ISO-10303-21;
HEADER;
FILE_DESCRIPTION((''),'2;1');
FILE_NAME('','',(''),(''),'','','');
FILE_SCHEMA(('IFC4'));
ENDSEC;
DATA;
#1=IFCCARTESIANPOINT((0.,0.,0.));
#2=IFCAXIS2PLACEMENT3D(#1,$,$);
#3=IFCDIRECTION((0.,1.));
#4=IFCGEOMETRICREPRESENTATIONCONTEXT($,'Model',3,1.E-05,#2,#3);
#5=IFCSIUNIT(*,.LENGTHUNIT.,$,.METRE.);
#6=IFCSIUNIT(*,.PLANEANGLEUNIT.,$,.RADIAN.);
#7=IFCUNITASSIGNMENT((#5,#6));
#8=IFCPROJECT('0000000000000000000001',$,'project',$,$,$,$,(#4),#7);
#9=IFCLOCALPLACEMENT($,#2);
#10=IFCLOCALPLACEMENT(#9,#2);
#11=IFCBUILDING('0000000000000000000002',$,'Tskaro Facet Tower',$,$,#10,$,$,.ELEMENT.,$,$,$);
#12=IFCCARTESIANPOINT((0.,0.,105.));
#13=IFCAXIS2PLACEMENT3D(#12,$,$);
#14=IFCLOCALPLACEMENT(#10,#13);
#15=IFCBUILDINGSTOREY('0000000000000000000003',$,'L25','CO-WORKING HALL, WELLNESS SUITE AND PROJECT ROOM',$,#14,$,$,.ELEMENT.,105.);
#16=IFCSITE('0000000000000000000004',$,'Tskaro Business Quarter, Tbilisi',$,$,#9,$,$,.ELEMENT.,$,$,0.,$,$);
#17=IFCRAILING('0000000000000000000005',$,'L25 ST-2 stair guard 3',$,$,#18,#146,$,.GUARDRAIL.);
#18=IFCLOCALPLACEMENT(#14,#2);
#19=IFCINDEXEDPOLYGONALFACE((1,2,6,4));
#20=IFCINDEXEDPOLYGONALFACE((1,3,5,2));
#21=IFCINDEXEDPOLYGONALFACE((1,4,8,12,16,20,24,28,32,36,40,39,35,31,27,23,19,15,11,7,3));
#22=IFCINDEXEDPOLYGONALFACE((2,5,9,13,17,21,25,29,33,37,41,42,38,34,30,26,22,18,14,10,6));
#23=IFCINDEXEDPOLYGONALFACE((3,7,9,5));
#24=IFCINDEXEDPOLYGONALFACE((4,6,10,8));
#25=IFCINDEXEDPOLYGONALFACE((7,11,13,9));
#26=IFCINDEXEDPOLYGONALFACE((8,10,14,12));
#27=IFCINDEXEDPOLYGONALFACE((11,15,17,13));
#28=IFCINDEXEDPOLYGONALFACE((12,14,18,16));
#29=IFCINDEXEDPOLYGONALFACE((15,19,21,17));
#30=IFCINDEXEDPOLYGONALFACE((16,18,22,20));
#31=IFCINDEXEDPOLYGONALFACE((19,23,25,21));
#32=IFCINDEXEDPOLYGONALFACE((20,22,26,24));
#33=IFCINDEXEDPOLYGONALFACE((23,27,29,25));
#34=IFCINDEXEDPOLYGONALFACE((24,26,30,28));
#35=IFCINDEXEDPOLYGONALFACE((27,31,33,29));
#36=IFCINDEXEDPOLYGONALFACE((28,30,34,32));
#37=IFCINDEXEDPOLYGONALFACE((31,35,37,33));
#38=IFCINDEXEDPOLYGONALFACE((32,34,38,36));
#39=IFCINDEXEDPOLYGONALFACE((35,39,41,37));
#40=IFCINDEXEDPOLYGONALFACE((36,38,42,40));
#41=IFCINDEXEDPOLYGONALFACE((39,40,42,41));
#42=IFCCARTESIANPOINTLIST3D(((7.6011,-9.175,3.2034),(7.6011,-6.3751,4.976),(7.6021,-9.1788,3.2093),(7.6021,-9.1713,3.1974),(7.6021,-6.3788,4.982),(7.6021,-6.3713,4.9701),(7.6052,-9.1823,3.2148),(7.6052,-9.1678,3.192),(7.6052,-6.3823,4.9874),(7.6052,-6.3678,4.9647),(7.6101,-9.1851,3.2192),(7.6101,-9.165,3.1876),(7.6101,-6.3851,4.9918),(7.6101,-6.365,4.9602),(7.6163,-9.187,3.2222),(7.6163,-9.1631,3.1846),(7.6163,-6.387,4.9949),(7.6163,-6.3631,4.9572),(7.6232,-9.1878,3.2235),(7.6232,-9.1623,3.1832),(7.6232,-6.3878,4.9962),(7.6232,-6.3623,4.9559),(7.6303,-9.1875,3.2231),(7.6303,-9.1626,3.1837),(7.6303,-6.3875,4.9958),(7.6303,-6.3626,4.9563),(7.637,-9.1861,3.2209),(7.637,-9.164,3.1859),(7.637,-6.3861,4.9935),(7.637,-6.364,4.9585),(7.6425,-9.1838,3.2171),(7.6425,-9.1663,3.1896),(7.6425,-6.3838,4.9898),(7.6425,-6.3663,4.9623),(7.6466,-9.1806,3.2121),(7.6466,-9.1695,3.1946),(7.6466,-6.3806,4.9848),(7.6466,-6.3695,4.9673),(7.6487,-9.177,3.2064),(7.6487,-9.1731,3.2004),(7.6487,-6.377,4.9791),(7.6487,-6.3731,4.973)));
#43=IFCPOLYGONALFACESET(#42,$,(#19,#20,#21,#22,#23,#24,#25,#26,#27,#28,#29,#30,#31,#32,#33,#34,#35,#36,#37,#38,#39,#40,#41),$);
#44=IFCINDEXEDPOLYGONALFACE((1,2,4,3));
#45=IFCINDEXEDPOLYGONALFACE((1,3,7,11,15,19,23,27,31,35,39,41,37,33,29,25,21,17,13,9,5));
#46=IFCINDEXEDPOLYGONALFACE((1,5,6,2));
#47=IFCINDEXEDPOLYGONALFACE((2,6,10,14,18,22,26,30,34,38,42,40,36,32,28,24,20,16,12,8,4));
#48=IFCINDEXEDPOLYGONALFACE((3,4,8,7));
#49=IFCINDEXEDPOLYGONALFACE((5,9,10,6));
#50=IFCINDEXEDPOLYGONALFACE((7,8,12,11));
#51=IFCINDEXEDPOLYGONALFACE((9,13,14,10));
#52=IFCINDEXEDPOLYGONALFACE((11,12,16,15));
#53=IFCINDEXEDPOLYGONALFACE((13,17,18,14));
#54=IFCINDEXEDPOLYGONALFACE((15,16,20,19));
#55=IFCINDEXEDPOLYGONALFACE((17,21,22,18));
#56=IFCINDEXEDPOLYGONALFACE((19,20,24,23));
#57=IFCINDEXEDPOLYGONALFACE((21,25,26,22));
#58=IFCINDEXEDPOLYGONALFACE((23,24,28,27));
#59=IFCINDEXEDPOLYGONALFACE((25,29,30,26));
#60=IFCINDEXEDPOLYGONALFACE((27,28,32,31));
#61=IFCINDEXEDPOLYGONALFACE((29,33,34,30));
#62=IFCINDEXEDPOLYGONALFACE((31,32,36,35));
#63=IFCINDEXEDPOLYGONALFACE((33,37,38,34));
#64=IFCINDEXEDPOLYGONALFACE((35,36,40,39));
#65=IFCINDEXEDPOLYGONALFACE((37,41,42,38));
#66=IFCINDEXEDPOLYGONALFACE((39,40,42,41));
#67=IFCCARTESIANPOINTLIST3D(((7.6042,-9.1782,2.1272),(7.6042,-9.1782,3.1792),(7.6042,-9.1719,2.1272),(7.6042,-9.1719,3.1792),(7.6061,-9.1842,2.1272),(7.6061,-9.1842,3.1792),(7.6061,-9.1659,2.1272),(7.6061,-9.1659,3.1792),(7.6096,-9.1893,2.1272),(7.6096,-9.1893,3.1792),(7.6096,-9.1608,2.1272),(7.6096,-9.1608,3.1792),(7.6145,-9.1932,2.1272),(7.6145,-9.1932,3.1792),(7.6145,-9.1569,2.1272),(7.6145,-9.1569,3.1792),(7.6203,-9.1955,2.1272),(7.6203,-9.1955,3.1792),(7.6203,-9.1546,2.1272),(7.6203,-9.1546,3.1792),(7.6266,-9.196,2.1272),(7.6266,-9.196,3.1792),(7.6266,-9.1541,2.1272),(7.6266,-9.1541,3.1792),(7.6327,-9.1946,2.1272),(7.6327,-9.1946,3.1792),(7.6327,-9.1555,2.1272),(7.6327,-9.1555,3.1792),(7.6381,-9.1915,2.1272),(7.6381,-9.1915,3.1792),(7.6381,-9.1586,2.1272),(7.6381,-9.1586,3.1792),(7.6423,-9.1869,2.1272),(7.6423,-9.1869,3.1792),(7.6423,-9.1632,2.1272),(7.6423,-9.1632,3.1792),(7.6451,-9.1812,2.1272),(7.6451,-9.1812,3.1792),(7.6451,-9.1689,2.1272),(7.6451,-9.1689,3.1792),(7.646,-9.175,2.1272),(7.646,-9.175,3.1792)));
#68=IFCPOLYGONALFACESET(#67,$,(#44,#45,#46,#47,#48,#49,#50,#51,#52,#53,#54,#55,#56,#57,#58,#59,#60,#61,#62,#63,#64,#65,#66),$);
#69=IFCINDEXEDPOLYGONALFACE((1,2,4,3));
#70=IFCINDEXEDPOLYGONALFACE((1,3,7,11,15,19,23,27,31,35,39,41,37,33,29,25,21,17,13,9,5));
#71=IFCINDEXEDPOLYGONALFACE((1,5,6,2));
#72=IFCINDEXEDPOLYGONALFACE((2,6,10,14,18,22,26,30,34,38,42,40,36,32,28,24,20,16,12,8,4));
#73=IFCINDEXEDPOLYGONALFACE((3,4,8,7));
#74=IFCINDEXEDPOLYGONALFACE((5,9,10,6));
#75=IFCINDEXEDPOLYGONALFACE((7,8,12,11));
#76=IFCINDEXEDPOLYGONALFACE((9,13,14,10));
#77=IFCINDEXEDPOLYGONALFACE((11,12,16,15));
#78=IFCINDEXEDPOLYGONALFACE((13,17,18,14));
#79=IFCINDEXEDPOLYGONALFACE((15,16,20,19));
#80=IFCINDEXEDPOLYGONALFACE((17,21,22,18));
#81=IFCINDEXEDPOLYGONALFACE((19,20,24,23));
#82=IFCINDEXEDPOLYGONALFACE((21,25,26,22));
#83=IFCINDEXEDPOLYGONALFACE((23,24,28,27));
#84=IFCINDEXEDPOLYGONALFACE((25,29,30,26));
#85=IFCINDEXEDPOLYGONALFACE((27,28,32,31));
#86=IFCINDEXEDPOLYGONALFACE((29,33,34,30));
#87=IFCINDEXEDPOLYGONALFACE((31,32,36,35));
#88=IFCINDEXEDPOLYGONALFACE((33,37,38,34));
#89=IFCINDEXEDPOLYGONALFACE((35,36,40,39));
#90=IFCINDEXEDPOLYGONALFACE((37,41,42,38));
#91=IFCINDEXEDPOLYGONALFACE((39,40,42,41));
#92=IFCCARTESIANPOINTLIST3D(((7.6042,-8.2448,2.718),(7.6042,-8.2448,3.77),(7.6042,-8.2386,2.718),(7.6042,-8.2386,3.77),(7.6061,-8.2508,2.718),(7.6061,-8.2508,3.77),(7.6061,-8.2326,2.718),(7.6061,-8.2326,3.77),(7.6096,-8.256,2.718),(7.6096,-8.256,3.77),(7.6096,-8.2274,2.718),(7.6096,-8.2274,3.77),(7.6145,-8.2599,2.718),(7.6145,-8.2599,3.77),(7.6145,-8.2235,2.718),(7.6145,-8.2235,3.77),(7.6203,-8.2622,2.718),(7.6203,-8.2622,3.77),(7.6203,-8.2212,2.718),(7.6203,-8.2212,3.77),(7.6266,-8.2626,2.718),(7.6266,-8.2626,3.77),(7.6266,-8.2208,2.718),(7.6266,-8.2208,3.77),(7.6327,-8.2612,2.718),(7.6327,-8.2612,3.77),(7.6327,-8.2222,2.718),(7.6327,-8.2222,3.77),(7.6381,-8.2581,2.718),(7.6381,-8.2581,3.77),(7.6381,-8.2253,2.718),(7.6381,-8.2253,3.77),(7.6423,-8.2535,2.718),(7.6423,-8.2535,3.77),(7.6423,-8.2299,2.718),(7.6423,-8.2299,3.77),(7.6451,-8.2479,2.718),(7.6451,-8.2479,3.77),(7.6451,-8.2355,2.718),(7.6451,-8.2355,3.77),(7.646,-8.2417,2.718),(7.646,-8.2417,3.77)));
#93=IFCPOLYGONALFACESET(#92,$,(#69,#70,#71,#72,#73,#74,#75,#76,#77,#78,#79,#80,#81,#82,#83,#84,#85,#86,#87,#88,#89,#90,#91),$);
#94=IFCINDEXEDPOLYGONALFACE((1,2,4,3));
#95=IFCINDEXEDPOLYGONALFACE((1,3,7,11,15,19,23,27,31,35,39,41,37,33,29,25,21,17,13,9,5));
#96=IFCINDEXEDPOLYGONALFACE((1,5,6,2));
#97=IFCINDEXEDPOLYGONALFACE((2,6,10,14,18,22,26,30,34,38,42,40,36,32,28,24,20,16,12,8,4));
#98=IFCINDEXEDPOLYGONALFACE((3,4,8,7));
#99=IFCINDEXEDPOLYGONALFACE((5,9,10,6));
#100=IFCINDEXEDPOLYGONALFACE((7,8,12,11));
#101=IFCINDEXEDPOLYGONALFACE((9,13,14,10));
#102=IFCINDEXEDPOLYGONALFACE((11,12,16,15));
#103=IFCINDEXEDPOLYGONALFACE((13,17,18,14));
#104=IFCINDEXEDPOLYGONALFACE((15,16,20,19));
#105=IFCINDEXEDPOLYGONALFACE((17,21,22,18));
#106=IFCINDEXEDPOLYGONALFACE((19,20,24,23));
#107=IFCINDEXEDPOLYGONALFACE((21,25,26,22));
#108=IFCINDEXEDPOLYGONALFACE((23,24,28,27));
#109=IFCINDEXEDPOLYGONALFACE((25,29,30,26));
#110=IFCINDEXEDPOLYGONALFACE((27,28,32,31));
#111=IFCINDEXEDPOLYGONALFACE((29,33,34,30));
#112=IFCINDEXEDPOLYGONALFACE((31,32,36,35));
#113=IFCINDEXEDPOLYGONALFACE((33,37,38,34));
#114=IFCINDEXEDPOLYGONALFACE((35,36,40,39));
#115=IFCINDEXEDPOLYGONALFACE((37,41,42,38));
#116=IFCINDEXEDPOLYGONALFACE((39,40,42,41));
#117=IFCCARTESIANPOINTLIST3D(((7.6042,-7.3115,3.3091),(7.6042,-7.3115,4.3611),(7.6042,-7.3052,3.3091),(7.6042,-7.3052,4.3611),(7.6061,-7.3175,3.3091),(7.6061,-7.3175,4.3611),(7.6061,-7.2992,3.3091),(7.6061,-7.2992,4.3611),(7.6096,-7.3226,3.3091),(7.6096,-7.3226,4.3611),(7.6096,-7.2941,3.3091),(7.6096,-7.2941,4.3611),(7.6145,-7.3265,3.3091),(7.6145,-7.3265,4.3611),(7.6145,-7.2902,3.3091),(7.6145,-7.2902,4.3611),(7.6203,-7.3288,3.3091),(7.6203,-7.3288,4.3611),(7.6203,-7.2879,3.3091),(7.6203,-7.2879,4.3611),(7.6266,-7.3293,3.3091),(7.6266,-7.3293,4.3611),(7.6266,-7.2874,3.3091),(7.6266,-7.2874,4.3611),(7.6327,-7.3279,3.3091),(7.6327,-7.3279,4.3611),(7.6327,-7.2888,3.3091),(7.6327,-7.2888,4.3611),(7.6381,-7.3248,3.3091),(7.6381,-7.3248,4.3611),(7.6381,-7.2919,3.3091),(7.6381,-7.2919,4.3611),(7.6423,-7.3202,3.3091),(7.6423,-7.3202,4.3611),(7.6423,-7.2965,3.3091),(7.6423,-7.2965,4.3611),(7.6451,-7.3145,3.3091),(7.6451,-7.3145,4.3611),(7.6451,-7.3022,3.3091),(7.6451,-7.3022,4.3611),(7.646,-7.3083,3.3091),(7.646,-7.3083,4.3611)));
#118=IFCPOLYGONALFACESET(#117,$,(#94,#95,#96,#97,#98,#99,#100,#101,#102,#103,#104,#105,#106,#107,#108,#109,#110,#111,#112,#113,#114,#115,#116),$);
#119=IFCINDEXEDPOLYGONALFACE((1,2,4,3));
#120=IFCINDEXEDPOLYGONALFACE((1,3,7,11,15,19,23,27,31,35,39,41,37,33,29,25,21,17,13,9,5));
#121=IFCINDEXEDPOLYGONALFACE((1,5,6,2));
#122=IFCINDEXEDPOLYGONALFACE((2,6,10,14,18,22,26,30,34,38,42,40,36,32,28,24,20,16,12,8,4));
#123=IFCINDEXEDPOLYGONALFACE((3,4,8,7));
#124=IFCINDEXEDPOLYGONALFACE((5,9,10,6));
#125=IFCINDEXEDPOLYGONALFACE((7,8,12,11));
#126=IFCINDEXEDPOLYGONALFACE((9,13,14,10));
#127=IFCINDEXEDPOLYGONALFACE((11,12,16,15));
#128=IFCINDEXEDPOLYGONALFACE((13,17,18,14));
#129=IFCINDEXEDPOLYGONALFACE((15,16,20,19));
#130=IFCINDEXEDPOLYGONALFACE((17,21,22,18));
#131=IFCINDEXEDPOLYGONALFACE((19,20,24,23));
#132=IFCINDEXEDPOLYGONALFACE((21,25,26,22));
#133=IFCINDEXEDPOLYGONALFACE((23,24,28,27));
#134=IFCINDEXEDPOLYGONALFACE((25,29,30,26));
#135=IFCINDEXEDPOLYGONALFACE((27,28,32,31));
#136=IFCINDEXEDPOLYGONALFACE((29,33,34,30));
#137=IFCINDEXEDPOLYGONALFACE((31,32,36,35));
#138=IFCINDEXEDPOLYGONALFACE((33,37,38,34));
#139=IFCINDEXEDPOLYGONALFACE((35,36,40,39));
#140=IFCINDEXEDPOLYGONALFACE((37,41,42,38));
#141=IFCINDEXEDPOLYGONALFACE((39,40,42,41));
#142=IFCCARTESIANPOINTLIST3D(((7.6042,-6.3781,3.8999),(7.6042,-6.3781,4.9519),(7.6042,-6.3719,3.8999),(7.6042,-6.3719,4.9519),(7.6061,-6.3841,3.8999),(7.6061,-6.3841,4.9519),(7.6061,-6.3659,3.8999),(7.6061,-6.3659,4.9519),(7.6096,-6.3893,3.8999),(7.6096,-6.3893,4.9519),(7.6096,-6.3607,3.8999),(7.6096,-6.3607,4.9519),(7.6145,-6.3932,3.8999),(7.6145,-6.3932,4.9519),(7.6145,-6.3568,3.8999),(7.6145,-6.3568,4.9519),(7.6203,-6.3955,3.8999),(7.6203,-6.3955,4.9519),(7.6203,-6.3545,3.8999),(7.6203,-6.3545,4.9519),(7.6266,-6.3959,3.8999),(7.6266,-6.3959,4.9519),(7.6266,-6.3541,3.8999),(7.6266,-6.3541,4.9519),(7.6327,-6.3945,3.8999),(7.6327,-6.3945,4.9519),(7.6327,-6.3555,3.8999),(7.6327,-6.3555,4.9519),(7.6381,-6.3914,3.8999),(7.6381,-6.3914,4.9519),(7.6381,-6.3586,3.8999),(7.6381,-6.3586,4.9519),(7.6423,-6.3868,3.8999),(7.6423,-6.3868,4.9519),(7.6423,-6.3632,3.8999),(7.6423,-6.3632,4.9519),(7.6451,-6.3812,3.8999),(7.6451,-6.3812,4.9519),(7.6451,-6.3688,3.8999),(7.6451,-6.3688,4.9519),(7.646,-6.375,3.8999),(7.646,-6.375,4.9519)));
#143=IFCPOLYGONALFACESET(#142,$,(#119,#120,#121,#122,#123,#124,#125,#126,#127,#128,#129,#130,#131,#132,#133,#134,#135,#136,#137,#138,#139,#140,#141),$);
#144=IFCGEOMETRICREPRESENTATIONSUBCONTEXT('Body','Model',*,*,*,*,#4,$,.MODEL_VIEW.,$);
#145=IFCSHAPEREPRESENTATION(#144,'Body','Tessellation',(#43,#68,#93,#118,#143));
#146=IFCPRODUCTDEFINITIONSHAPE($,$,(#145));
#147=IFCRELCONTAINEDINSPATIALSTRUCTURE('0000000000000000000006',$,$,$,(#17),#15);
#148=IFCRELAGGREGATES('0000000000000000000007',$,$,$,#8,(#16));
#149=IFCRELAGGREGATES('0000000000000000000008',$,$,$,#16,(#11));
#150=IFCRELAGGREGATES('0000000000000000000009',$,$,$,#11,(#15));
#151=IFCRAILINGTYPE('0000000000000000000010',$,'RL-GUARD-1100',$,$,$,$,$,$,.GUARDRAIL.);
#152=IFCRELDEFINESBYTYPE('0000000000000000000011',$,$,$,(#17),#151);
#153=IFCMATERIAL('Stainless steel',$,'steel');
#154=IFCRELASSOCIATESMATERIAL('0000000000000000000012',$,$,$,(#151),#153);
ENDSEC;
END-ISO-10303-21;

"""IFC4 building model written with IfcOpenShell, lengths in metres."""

from ifc_helpers import new_model, si_unit, direction, frame, origin, origin_2d, place, context, subcontext, project, spatial, circle, extrude, material, type_object, element, save


model = new_model("IFC4")

# Units and contexts
model_context = context("Model", 3, precision=1e-05, world=origin(), true_north=direction((0.0, 1.0)))
body_context = subcontext(model_context, "Body", "Model", "MODEL_VIEW")
ifc_project = project(units=[si_unit("LENGTHUNIT", "METRE"), si_unit("PLANEANGLEUNIT", "RADIAN")], contexts=[model_context])

# Site, building, storey
site_placement = place(None, origin())
site = spatial("IfcSite", under=ifc_project, at=site_placement, Name="Tskaro Business Quarter, Tbilisi", CompositionType="ELEMENT", RefElevation=0.0)
building_placement = place(site_placement, origin())
building = spatial("IfcBuilding", under=site, at=building_placement, Name="Tskaro Facet Tower", CompositionType="ELEMENT")
storey_placement = place(building_placement, frame((0.0, 0.0, 105.0)))
storey = spatial("IfcBuildingStorey", under=building, at=storey_placement, Name="L25", Description="CO-WORKING HALL, WELLNESS SUITE AND PROJECT ROOM", CompositionType="ELEMENT", Elevation=105.0)

# Railing
ifc_material_1 = material(Name="Stainless steel", Category="steel")
railing_type_1 = type_object("IfcRailingType", Name="RL-GUARD-1100", PredefinedType="GUARDRAIL", material=ifc_material_1)
railing_1_placement = place(storey_placement, frame((7.625, -9.175, 2.1272)))
element("IfcRailing", 1, at=railing_1_placement, inside=storey, type_object=railing_type_1, Name="L25 ST-2 stair guard 3", PredefinedType="GUARDRAIL", context=body_context, shape_type="SweptSolid", body=[
    extrude(circle(Radius=0.0239, at=origin_2d()), frame((0.0, 0.0, 1.0762), z_axis=(0.0, 0.844909, 0.53491), x_axis=(-1.0, 0.0, 0.0)), (0.0, 0.0, 1.0), 3.314),
    extrude(circle(Radius=0.021, at=origin_2d()), origin(), (0.0, 0.0, 1.0), 1.052),
    extrude(circle(Radius=0.021, at=origin_2d()), frame((0.0, 0.9333, 0.5908)), (0.0, 0.0, 1.0), 1.052),
    extrude(circle(Radius=0.021, at=origin_2d()), frame((0.0, 1.8667, 1.1819)), (0.0, 0.0, 1.0), 1.052),
    extrude(circle(Radius=0.021, at=origin_2d()), frame((0.0, 2.8, 1.7727)), (0.0, 0.0, 1.0), 1.052),
])

save(model, "model.ifc")
